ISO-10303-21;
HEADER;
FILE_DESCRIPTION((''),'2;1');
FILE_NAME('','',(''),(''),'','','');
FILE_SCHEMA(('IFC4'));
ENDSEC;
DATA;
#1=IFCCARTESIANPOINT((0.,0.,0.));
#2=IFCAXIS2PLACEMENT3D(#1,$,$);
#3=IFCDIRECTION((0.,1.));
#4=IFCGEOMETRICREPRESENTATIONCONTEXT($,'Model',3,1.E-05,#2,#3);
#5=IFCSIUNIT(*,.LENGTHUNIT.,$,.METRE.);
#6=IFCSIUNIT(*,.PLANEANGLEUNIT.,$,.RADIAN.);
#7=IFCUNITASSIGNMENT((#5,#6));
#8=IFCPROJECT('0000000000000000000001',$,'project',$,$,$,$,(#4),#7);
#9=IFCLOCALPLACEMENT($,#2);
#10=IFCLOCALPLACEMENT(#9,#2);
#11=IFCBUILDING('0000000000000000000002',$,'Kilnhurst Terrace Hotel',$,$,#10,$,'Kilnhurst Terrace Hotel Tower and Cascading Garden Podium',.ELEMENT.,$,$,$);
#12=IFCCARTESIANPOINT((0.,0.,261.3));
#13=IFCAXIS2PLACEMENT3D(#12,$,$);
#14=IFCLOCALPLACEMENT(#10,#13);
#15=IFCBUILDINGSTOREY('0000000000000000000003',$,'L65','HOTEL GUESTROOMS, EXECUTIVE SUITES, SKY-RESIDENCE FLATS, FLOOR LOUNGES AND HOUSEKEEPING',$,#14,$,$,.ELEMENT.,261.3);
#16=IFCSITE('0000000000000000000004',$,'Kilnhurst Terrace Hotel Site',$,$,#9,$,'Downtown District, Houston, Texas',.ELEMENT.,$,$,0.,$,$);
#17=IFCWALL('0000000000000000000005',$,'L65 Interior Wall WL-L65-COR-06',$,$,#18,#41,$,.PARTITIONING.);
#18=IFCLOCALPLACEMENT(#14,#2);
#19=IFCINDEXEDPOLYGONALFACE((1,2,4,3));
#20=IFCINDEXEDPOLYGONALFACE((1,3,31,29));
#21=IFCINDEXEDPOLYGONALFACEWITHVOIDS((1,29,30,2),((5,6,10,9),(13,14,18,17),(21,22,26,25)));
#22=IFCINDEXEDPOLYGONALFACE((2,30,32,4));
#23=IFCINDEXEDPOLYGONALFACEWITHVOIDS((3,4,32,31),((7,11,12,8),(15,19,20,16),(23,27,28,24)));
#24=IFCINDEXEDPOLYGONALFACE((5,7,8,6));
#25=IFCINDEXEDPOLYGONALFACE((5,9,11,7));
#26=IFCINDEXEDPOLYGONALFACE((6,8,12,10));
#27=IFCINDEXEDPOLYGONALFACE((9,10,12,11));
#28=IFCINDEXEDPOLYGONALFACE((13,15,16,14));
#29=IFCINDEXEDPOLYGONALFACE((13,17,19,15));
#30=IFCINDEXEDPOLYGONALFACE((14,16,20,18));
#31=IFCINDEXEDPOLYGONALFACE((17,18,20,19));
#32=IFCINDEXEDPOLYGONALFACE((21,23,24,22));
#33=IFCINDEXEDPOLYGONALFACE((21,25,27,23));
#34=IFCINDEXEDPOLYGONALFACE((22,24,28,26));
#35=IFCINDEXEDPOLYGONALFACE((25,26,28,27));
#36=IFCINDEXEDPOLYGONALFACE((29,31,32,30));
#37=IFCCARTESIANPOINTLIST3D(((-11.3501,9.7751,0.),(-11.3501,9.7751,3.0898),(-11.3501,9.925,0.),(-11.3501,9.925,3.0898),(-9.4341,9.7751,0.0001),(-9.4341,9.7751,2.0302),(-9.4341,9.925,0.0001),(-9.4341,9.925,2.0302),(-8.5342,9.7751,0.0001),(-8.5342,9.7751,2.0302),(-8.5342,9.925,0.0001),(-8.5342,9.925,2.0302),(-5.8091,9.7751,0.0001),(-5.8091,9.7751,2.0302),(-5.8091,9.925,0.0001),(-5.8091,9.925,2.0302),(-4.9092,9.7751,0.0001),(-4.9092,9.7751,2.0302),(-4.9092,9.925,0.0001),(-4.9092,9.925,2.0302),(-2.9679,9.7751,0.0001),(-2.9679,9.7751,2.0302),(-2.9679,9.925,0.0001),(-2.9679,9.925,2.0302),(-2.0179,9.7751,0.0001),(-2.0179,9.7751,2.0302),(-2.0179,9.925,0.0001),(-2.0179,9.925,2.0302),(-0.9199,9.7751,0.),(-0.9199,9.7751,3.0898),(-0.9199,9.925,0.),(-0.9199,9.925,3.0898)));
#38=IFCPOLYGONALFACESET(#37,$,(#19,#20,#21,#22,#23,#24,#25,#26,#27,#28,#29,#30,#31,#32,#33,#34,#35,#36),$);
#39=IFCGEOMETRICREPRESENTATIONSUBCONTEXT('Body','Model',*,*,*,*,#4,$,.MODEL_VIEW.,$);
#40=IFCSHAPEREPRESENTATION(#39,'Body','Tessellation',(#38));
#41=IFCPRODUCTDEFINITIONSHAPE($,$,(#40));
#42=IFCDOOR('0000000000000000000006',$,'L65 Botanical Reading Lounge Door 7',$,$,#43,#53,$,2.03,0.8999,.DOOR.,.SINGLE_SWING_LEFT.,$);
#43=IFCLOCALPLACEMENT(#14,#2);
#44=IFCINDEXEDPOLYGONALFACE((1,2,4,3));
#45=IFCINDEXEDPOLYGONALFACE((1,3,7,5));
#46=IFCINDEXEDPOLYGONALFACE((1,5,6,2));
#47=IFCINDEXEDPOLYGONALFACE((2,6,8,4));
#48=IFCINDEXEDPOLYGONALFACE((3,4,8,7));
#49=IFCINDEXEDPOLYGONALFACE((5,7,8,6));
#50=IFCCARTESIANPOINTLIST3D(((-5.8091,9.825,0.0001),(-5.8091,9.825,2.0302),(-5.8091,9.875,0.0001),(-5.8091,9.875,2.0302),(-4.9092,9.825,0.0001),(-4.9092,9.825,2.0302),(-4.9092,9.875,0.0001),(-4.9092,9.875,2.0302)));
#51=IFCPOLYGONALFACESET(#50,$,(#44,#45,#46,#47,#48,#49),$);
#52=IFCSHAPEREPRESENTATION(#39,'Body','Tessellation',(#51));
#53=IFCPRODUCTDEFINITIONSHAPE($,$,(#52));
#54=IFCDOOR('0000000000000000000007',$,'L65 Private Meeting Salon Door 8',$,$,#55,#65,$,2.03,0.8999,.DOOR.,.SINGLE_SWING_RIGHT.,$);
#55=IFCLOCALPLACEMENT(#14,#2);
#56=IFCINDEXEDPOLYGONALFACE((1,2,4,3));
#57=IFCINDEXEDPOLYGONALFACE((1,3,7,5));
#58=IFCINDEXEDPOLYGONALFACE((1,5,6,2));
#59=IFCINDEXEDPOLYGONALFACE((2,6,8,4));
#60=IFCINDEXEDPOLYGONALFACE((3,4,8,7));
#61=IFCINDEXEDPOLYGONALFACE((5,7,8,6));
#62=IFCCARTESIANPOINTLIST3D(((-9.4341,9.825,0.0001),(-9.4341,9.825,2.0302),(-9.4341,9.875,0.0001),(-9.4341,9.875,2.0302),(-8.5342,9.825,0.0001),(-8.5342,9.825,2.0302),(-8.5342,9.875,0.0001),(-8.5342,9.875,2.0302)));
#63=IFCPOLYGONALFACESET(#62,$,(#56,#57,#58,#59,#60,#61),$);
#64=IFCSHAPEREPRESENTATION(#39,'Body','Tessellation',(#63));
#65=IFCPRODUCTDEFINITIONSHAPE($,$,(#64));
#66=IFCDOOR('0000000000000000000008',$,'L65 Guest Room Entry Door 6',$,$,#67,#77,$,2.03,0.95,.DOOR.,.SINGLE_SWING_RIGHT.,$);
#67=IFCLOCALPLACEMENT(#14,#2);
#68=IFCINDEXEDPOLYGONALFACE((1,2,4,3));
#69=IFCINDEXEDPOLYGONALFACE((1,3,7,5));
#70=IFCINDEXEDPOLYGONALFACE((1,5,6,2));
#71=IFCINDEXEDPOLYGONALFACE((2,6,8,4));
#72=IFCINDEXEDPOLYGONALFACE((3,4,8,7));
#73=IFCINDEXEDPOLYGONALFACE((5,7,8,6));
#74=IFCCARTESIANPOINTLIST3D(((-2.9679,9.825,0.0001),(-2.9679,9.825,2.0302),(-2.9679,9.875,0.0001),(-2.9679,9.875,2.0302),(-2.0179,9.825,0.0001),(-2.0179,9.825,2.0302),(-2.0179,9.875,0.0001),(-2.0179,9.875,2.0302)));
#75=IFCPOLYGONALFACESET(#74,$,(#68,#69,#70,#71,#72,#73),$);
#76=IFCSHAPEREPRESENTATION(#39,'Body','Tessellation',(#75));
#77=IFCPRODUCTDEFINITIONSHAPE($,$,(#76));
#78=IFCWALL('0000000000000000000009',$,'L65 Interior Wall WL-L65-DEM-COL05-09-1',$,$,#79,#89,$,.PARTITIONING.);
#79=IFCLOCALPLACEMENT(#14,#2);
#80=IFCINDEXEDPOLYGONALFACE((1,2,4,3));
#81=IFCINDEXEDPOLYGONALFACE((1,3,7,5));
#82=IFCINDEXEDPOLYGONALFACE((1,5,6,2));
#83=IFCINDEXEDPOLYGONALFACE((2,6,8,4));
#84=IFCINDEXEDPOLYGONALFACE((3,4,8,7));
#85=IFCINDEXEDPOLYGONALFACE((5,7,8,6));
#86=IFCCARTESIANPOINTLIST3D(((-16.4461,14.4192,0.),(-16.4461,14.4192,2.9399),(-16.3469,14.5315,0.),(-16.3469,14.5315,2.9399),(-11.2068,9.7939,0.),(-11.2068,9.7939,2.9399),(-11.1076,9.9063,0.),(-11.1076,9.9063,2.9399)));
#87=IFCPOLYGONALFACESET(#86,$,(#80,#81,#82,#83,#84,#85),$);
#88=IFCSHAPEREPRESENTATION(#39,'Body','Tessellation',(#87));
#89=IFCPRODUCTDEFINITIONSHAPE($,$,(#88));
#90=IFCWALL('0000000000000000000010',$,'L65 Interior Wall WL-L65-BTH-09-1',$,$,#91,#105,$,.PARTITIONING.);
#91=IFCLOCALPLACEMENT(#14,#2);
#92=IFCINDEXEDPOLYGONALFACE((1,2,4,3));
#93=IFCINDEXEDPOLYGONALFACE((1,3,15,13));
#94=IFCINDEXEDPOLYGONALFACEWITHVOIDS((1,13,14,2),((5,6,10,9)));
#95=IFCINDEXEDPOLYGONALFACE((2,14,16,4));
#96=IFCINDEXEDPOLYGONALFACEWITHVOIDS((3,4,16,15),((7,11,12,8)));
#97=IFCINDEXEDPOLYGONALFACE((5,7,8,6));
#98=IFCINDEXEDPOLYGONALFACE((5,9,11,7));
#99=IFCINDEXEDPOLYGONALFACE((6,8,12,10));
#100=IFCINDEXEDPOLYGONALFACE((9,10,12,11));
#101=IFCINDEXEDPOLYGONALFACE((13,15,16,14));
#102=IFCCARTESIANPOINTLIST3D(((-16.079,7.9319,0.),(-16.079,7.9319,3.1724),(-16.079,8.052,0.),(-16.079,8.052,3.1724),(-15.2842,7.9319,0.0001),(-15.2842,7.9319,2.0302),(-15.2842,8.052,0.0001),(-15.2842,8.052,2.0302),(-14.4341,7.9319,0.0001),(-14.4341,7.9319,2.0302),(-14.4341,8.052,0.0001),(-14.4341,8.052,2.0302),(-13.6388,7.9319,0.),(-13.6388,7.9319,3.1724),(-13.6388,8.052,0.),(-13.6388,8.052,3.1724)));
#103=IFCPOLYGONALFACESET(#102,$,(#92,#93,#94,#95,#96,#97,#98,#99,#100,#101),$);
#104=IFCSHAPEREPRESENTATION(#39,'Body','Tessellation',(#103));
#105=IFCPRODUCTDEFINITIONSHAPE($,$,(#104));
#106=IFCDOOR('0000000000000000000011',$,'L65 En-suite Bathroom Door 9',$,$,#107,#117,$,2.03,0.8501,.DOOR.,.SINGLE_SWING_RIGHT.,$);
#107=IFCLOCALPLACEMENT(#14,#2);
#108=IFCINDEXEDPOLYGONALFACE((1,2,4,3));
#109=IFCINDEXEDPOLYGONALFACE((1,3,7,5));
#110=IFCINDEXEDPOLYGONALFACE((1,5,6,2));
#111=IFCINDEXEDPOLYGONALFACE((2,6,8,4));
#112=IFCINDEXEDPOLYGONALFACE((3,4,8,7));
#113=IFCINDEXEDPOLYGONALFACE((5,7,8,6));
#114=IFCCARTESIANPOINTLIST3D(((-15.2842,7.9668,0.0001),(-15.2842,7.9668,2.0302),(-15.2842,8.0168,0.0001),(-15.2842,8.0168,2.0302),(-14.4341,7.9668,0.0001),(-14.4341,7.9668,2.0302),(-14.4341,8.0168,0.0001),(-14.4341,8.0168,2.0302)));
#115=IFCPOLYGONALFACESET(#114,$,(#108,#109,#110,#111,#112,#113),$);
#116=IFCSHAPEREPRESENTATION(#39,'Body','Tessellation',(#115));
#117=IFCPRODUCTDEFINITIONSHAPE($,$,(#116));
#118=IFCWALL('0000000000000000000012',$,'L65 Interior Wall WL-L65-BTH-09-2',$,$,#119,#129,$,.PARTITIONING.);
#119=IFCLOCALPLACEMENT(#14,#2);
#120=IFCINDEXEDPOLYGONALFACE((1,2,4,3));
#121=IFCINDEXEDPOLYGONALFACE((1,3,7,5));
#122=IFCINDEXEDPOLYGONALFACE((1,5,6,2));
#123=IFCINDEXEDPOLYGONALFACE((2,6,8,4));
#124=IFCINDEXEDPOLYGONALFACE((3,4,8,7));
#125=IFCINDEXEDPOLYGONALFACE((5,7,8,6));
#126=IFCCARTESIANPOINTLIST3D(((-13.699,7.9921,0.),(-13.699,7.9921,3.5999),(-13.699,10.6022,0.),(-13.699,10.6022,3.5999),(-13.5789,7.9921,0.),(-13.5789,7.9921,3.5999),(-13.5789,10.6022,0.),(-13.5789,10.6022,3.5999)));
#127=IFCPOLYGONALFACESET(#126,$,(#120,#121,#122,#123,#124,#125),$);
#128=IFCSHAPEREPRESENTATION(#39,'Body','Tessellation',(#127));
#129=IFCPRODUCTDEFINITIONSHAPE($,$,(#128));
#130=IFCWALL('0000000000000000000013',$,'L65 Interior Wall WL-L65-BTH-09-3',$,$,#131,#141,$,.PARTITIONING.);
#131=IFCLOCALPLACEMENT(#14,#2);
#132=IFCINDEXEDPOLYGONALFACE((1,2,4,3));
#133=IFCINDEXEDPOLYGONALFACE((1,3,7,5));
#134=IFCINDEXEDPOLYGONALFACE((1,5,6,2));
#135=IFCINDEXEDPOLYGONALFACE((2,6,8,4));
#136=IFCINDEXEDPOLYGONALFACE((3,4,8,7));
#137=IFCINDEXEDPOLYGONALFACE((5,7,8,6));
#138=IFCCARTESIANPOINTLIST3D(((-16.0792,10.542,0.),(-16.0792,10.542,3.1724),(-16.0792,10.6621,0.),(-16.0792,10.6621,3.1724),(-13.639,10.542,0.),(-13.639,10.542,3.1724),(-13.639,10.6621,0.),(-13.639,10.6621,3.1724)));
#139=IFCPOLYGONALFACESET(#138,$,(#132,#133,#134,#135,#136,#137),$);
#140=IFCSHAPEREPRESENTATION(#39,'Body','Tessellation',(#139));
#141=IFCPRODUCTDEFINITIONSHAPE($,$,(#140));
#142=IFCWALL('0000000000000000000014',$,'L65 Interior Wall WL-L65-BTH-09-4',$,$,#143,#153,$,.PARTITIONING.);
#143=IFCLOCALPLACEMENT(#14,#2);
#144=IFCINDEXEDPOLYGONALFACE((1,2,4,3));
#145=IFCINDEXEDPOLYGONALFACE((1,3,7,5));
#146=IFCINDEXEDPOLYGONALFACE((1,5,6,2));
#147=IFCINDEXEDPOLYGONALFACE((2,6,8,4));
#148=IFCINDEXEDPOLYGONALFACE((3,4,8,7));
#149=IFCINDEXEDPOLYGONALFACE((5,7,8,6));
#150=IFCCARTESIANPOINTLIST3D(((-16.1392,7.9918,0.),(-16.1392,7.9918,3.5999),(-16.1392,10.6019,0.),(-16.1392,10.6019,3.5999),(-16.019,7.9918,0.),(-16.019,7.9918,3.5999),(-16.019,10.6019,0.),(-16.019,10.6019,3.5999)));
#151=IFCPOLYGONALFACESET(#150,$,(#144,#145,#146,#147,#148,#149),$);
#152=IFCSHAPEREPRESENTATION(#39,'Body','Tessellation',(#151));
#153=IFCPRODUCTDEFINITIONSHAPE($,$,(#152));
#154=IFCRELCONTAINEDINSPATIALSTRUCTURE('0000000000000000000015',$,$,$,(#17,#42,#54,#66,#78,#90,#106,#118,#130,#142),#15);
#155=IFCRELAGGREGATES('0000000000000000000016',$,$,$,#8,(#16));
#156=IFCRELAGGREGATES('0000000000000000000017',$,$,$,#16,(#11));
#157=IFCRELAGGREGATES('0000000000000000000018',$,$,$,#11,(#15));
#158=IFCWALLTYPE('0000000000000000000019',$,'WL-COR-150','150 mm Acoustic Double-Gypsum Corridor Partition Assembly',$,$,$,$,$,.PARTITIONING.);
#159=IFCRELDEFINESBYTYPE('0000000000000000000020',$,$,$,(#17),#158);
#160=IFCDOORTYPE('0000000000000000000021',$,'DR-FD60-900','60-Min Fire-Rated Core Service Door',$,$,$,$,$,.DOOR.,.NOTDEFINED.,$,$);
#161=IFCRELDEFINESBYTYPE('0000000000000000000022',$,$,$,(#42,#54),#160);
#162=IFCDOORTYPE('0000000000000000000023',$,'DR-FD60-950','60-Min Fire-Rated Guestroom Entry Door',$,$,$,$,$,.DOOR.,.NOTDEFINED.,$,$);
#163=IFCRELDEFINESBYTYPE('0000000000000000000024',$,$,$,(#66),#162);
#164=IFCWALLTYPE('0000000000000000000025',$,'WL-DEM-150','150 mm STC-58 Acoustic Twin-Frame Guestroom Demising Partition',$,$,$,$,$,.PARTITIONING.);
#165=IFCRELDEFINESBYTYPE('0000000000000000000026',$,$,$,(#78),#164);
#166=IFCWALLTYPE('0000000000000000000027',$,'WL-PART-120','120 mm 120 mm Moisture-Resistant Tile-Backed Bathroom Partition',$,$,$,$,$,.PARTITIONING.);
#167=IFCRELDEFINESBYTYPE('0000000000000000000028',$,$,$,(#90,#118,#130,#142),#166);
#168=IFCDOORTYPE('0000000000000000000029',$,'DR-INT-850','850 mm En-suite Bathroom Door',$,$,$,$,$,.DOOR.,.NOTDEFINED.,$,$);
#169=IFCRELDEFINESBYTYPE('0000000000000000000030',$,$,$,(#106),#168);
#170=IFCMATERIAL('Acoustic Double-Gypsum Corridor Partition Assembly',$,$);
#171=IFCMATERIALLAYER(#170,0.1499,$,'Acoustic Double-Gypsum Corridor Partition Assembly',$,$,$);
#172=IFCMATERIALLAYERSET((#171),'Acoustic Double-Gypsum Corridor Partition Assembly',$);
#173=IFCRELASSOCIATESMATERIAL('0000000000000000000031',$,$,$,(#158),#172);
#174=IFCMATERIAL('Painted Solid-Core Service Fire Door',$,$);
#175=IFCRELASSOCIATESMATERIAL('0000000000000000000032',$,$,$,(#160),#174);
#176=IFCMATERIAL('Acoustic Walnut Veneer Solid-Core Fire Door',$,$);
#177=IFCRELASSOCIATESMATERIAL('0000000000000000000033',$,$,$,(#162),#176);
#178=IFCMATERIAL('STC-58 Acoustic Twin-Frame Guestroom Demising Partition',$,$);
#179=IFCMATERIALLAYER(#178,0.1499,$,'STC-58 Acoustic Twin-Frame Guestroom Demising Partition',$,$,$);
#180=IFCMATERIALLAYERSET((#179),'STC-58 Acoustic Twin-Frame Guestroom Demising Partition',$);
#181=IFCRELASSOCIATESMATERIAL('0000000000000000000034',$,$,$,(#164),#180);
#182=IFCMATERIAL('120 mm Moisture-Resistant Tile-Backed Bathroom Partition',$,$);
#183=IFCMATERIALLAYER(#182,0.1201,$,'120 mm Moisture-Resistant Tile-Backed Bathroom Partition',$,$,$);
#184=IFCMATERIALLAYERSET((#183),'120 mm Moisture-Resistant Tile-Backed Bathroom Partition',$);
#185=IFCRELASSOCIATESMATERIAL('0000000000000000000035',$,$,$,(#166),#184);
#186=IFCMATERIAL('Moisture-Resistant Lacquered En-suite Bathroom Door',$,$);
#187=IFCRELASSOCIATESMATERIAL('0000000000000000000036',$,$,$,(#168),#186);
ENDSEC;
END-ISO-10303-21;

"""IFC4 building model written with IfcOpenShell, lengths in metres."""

from ifc_helpers import new_model, si_unit, direction, frame, frame_2d, origin, place, context, subcontext, project, spatial, rectangle, extrude, material, layer, layer_set, type_object, element, fill, save


model = new_model("IFC4")

# Units and contexts
model_context = context("Model", 3, precision=1e-05, world=origin(), true_north=direction((0.0, 1.0)))
body_context = subcontext(model_context, "Body", "Model", "MODEL_VIEW")
ifc_project = project(units=[si_unit("LENGTHUNIT", "METRE"), si_unit("PLANEANGLEUNIT", "RADIAN")], contexts=[model_context])

# Site, building, storey
site_placement = place(None, origin())
site = spatial("IfcSite", under=ifc_project, at=site_placement, Name="Kilnhurst Terrace Hotel Site", LongName="Downtown District, Houston, Texas", CompositionType="ELEMENT", RefElevation=0.0)
building_placement = place(site_placement, origin())
building = spatial("IfcBuilding", under=site, at=building_placement, Name="Kilnhurst Terrace Hotel", LongName="Kilnhurst Terrace Hotel Tower and Cascading Garden Podium", CompositionType="ELEMENT")
storey_placement = place(building_placement, frame((0.0, 0.0, 261.3)))
storey = spatial("IfcBuildingStorey", under=building, at=storey_placement, Name="L65", Description="HOTEL GUESTROOMS, EXECUTIVE SUITES, SKY-RESIDENCE FLATS, FLOOR LOUNGES AND HOUSEKEEPING", CompositionType="ELEMENT", Elevation=261.3)

# Wall, openings, doors
ifc_material_1 = material(Name="Acoustic Double-Gypsum Corridor Partition Assembly")
ifc_layer_1 = layer(ifc_material_1, 0.1499, Name="Acoustic Double-Gypsum Corridor Partition Assembly")
ifc_layer_set_1 = layer_set([ifc_layer_1], Name="Acoustic Double-Gypsum Corridor Partition Assembly")
wall_type_1 = type_object("IfcWallType", Name="WL-COR-150", Description="150 mm Acoustic Double-Gypsum Corridor Partition Assembly", PredefinedType="PARTITIONING", material=ifc_layer_set_1)
wall_1_placement = place(storey_placement, frame((-11.3501, 9.8501, 0.0), z_axis=(0.0, 0.0, 1.0), x_axis=(1.0, 0.0, 0.0)))
wall_1 = element("IfcWall", 1, at=wall_1_placement, inside=storey, type_object=wall_type_1, Name="L65 Interior Wall WL-L65-COR-06", PredefinedType="PARTITIONING", context=body_context, shape_type="SweptSolid", body=[
    extrude(rectangle(XDim=10.4302, YDim=0.1499, at=frame_2d((5.2151, 0.0))), origin(), (0.0, 0.0, 1.0), 3.0898),
])
opening_1_placement = place(wall_1_placement, frame((8.3821, 0.0, 0.0)))
opening_1 = element("IfcOpeningElement", 2, at=opening_1_placement, cuts=wall_1, PredefinedType="OPENING", context=body_context, shape_type="SweptSolid", body=[
    extrude(rectangle(XDim=0.95, YDim=2.03, at=frame_2d((0.4751, 1.0151))), frame((0.0, 0.085, 0.0), z_axis=(0.0, -1.0, 0.0), x_axis=(1.0, 0.0, 0.0)), (0.0, 0.0, 1.0), 0.1699),
])
opening_2_placement = place(wall_1_placement, frame((5.541, 0.0, 0.0)))
opening_2 = element("IfcOpeningElement", 3, at=opening_2_placement, cuts=wall_1, PredefinedType="OPENING", context=body_context, shape_type="SweptSolid", body=[
    extrude(rectangle(XDim=0.8999, YDim=2.03, at=frame_2d((0.45, 1.0151))), frame((0.0, 0.085, 0.0), z_axis=(0.0, -1.0, 0.0), x_axis=(1.0, 0.0, 0.0)), (0.0, 0.0, 1.0), 0.1699),
])
opening_3_placement = place(wall_1_placement, frame((1.916, 0.0, 0.0)))
opening_3 = element("IfcOpeningElement", 4, at=opening_3_placement, cuts=wall_1, PredefinedType="OPENING", context=body_context, shape_type="SweptSolid", body=[
    extrude(rectangle(XDim=0.8999, YDim=2.03, at=frame_2d((0.45, 1.0151))), frame((0.0, 0.085, 0.0), z_axis=(0.0, -1.0, 0.0), x_axis=(1.0, 0.0, 0.0)), (0.0, 0.0, 1.0), 0.1699),
])
ifc_material_2 = material(Name="Painted Solid-Core Service Fire Door")
door_type_1 = type_object("IfcDoorType", Name="DR-FD60-900", Description="60-Min Fire-Rated Core Service Door", OperationType="NOTDEFINED", PredefinedType="DOOR", material=ifc_material_2)
door_1_placement = place(opening_2_placement, origin())
door_1 = element("IfcDoor", 5, at=door_1_placement, inside=storey, type_object=door_type_1, Name="L65 Botanical Reading Lounge Door 7", OperationType="SINGLE_SWING_LEFT", OverallHeight=2.03, OverallWidth=0.8999, PredefinedType="DOOR", context=body_context, shape_type="SweptSolid", body=[
    extrude(rectangle(XDim=0.8999, YDim=2.03, at=frame_2d((0.45, 1.0151))), frame((0.0, 0.0249, 0.0), z_axis=(0.0, -1.0, 0.0), x_axis=(1.0, 0.0, 0.0)), (0.0, 0.0, 1.0), 0.05),
])
fill(opening_2, door_1)
door_2_placement = place(opening_3_placement, origin())
door_2 = element("IfcDoor", 6, at=door_2_placement, inside=storey, type_object=door_type_1, Name="L65 Private Meeting Salon Door 8", OperationType="SINGLE_SWING_RIGHT", OverallHeight=2.03, OverallWidth=0.8999, PredefinedType="DOOR", context=body_context, shape_type="SweptSolid", body=[
    extrude(rectangle(XDim=0.8999, YDim=2.03, at=frame_2d((0.45, 1.0151))), frame((0.0, 0.0249, 0.0), z_axis=(0.0, -1.0, 0.0), x_axis=(1.0, 0.0, 0.0)), (0.0, 0.0, 1.0), 0.05),
])
fill(opening_3, door_2)
ifc_material_3 = material(Name="Acoustic Walnut Veneer Solid-Core Fire Door")
door_type_2 = type_object("IfcDoorType", Name="DR-FD60-950", Description="60-Min Fire-Rated Guestroom Entry Door", OperationType="NOTDEFINED", PredefinedType="DOOR", material=ifc_material_3)
door_3_placement = place(opening_1_placement, origin())
door_3 = element("IfcDoor", 7, at=door_3_placement, inside=storey, type_object=door_type_2, Name="L65 Guest Room Entry Door 6", OperationType="SINGLE_SWING_RIGHT", OverallHeight=2.03, OverallWidth=0.95, PredefinedType="DOOR", context=body_context, shape_type="SweptSolid", body=[
    extrude(rectangle(XDim=0.95, YDim=2.03, at=frame_2d((0.4751, 1.0151))), frame((0.0, 0.0249, 0.0), z_axis=(0.0, -1.0, 0.0), x_axis=(1.0, 0.0, 0.0)), (0.0, 0.0, 1.0), 0.05),
])
fill(opening_1, door_3)

# Wall
ifc_material_4 = material(Name="STC-58 Acoustic Twin-Frame Guestroom Demising Partition")
ifc_layer_2 = layer(ifc_material_4, 0.1499, Name="STC-58 Acoustic Twin-Frame Guestroom Demising Partition")
ifc_layer_set_2 = layer_set([ifc_layer_2], Name="STC-58 Acoustic Twin-Frame Guestroom Demising Partition")
wall_type_2 = type_object("IfcWallType", Name="WL-DEM-150", Description="150 mm STC-58 Acoustic Twin-Frame Guestroom Demising Partition", PredefinedType="PARTITIONING", material=ifc_layer_set_2)
wall_2_placement = place(storey_placement, frame((-11.1572, 9.8501, 0.0), z_axis=(0.0, 0.0, 1.0), x_axis=(-0.74967, 0.661812, 0.0)))
element("IfcWall", 8, at=wall_2_placement, inside=storey, type_object=wall_type_2, Name="L65 Interior Wall WL-L65-DEM-COL05-09-1", PredefinedType="PARTITIONING", context=body_context, shape_type="SweptSolid", body=[
    extrude(rectangle(XDim=6.9888, YDim=0.1499, at=frame_2d((3.4944, 0.0))), origin(), (0.0, 0.0, 1.0), 2.9399),
])

# Wall, opening, door
ifc_material_5 = material(Name="120 mm Moisture-Resistant Tile-Backed Bathroom Partition")
ifc_layer_3 = layer(ifc_material_5, 0.1201, Name="120 mm Moisture-Resistant Tile-Backed Bathroom Partition")
ifc_layer_set_3 = layer_set([ifc_layer_3], Name="120 mm Moisture-Resistant Tile-Backed Bathroom Partition")
wall_type_3 = type_object("IfcWallType", Name="WL-PART-120", Description="120 mm 120 mm Moisture-Resistant Tile-Backed Bathroom Partition", PredefinedType="PARTITIONING", material=ifc_layer_set_3)
wall_3_placement = place(storey_placement, frame((-16.0791, 7.9919, 0.0), z_axis=(0.0, 0.0, 1.0), x_axis=(1.0, 0.0, 0.0)))
wall_3 = element("IfcWall", 9, at=wall_3_placement, inside=storey, type_object=wall_type_3, Name="L65 Interior Wall WL-L65-BTH-09-1", PredefinedType="PARTITIONING", context=body_context, shape_type="SweptSolid", body=[
    extrude(rectangle(XDim=2.4402, YDim=0.1201, at=frame_2d((1.2202, 0.0))), origin(), (0.0, 0.0, 1.0), 3.1724),
])
opening_4_placement = place(wall_3_placement, frame((0.7949, 0.0, 0.0)))
opening_4 = element("IfcOpeningElement", 10, at=opening_4_placement, cuts=wall_3, PredefinedType="OPENING", context=body_context, shape_type="SweptSolid", body=[
    extrude(rectangle(XDim=0.8501, YDim=2.03, at=frame_2d((0.425, 1.0151))), frame((0.0, 0.0701, 0.0), z_axis=(0.0, -1.0, 0.0), x_axis=(1.0, 0.0, 0.0)), (0.0, 0.0, 1.0), 0.1401),
])
ifc_material_6 = material(Name="Moisture-Resistant Lacquered En-suite Bathroom Door")
door_type_3 = type_object("IfcDoorType", Name="DR-INT-850", Description="850 mm En-suite Bathroom Door", OperationType="NOTDEFINED", PredefinedType="DOOR", material=ifc_material_6)
door_4_placement = place(opening_4_placement, origin())
door_4 = element("IfcDoor", 11, at=door_4_placement, inside=storey, type_object=door_type_3, Name="L65 En-suite Bathroom Door 9", OperationType="SINGLE_SWING_RIGHT", OverallHeight=2.03, OverallWidth=0.8501, PredefinedType="DOOR", context=body_context, shape_type="SweptSolid", body=[
    extrude(rectangle(XDim=0.8501, YDim=2.03, at=frame_2d((0.425, 1.0151))), frame((0.0, 0.0249, 0.0), z_axis=(0.0, -1.0, 0.0), x_axis=(1.0, 0.0, 0.0)), (0.0, 0.0, 1.0), 0.05),
])
fill(opening_4, door_4)

# Walls
wall_4_placement = place(storey_placement, frame((-13.6389, 7.9919, 0.0), z_axis=(0.0, 0.0, 1.0), x_axis=(0.0, 1.0, 0.0)))
element("IfcWall", 12, at=wall_4_placement, inside=storey, type_object=wall_type_3, Name="L65 Interior Wall WL-L65-BTH-09-2", PredefinedType="PARTITIONING", context=body_context, shape_type="SweptSolid", body=[
    extrude(rectangle(XDim=2.6101, YDim=0.1201, at=frame_2d((1.3052, 0.0))), origin(), (0.0, 0.0, 1.0), 3.5999),
])
wall_5_placement = place(storey_placement, frame((-13.6389, 10.6021, 0.0), z_axis=(0.0, 0.0, 1.0), x_axis=(-1.0, 0.0, 0.0)))
element("IfcWall", 13, at=wall_5_placement, inside=storey, type_object=wall_type_3, Name="L65 Interior Wall WL-L65-BTH-09-3", PredefinedType="PARTITIONING", context=body_context, shape_type="SweptSolid", body=[
    extrude(rectangle(XDim=2.4402, YDim=0.1201, at=frame_2d((1.2202, 0.0))), origin(), (0.0, 0.0, 1.0), 3.1724),
])
wall_6_placement = place(storey_placement, frame((-16.0791, 10.6021, 0.0), z_axis=(0.0, 0.0, 1.0), x_axis=(0.0, -1.0, 0.0)))
element("IfcWall", 14, at=wall_6_placement, inside=storey, type_object=wall_type_3, Name="L65 Interior Wall WL-L65-BTH-09-4", PredefinedType="PARTITIONING", context=body_context, shape_type="SweptSolid", body=[
    extrude(rectangle(XDim=2.6101, YDim=0.1201, at=frame_2d((1.3052, 0.0))), origin(), (0.0, 0.0, 1.0), 3.5999),
])

save(model, "model.ifc")
